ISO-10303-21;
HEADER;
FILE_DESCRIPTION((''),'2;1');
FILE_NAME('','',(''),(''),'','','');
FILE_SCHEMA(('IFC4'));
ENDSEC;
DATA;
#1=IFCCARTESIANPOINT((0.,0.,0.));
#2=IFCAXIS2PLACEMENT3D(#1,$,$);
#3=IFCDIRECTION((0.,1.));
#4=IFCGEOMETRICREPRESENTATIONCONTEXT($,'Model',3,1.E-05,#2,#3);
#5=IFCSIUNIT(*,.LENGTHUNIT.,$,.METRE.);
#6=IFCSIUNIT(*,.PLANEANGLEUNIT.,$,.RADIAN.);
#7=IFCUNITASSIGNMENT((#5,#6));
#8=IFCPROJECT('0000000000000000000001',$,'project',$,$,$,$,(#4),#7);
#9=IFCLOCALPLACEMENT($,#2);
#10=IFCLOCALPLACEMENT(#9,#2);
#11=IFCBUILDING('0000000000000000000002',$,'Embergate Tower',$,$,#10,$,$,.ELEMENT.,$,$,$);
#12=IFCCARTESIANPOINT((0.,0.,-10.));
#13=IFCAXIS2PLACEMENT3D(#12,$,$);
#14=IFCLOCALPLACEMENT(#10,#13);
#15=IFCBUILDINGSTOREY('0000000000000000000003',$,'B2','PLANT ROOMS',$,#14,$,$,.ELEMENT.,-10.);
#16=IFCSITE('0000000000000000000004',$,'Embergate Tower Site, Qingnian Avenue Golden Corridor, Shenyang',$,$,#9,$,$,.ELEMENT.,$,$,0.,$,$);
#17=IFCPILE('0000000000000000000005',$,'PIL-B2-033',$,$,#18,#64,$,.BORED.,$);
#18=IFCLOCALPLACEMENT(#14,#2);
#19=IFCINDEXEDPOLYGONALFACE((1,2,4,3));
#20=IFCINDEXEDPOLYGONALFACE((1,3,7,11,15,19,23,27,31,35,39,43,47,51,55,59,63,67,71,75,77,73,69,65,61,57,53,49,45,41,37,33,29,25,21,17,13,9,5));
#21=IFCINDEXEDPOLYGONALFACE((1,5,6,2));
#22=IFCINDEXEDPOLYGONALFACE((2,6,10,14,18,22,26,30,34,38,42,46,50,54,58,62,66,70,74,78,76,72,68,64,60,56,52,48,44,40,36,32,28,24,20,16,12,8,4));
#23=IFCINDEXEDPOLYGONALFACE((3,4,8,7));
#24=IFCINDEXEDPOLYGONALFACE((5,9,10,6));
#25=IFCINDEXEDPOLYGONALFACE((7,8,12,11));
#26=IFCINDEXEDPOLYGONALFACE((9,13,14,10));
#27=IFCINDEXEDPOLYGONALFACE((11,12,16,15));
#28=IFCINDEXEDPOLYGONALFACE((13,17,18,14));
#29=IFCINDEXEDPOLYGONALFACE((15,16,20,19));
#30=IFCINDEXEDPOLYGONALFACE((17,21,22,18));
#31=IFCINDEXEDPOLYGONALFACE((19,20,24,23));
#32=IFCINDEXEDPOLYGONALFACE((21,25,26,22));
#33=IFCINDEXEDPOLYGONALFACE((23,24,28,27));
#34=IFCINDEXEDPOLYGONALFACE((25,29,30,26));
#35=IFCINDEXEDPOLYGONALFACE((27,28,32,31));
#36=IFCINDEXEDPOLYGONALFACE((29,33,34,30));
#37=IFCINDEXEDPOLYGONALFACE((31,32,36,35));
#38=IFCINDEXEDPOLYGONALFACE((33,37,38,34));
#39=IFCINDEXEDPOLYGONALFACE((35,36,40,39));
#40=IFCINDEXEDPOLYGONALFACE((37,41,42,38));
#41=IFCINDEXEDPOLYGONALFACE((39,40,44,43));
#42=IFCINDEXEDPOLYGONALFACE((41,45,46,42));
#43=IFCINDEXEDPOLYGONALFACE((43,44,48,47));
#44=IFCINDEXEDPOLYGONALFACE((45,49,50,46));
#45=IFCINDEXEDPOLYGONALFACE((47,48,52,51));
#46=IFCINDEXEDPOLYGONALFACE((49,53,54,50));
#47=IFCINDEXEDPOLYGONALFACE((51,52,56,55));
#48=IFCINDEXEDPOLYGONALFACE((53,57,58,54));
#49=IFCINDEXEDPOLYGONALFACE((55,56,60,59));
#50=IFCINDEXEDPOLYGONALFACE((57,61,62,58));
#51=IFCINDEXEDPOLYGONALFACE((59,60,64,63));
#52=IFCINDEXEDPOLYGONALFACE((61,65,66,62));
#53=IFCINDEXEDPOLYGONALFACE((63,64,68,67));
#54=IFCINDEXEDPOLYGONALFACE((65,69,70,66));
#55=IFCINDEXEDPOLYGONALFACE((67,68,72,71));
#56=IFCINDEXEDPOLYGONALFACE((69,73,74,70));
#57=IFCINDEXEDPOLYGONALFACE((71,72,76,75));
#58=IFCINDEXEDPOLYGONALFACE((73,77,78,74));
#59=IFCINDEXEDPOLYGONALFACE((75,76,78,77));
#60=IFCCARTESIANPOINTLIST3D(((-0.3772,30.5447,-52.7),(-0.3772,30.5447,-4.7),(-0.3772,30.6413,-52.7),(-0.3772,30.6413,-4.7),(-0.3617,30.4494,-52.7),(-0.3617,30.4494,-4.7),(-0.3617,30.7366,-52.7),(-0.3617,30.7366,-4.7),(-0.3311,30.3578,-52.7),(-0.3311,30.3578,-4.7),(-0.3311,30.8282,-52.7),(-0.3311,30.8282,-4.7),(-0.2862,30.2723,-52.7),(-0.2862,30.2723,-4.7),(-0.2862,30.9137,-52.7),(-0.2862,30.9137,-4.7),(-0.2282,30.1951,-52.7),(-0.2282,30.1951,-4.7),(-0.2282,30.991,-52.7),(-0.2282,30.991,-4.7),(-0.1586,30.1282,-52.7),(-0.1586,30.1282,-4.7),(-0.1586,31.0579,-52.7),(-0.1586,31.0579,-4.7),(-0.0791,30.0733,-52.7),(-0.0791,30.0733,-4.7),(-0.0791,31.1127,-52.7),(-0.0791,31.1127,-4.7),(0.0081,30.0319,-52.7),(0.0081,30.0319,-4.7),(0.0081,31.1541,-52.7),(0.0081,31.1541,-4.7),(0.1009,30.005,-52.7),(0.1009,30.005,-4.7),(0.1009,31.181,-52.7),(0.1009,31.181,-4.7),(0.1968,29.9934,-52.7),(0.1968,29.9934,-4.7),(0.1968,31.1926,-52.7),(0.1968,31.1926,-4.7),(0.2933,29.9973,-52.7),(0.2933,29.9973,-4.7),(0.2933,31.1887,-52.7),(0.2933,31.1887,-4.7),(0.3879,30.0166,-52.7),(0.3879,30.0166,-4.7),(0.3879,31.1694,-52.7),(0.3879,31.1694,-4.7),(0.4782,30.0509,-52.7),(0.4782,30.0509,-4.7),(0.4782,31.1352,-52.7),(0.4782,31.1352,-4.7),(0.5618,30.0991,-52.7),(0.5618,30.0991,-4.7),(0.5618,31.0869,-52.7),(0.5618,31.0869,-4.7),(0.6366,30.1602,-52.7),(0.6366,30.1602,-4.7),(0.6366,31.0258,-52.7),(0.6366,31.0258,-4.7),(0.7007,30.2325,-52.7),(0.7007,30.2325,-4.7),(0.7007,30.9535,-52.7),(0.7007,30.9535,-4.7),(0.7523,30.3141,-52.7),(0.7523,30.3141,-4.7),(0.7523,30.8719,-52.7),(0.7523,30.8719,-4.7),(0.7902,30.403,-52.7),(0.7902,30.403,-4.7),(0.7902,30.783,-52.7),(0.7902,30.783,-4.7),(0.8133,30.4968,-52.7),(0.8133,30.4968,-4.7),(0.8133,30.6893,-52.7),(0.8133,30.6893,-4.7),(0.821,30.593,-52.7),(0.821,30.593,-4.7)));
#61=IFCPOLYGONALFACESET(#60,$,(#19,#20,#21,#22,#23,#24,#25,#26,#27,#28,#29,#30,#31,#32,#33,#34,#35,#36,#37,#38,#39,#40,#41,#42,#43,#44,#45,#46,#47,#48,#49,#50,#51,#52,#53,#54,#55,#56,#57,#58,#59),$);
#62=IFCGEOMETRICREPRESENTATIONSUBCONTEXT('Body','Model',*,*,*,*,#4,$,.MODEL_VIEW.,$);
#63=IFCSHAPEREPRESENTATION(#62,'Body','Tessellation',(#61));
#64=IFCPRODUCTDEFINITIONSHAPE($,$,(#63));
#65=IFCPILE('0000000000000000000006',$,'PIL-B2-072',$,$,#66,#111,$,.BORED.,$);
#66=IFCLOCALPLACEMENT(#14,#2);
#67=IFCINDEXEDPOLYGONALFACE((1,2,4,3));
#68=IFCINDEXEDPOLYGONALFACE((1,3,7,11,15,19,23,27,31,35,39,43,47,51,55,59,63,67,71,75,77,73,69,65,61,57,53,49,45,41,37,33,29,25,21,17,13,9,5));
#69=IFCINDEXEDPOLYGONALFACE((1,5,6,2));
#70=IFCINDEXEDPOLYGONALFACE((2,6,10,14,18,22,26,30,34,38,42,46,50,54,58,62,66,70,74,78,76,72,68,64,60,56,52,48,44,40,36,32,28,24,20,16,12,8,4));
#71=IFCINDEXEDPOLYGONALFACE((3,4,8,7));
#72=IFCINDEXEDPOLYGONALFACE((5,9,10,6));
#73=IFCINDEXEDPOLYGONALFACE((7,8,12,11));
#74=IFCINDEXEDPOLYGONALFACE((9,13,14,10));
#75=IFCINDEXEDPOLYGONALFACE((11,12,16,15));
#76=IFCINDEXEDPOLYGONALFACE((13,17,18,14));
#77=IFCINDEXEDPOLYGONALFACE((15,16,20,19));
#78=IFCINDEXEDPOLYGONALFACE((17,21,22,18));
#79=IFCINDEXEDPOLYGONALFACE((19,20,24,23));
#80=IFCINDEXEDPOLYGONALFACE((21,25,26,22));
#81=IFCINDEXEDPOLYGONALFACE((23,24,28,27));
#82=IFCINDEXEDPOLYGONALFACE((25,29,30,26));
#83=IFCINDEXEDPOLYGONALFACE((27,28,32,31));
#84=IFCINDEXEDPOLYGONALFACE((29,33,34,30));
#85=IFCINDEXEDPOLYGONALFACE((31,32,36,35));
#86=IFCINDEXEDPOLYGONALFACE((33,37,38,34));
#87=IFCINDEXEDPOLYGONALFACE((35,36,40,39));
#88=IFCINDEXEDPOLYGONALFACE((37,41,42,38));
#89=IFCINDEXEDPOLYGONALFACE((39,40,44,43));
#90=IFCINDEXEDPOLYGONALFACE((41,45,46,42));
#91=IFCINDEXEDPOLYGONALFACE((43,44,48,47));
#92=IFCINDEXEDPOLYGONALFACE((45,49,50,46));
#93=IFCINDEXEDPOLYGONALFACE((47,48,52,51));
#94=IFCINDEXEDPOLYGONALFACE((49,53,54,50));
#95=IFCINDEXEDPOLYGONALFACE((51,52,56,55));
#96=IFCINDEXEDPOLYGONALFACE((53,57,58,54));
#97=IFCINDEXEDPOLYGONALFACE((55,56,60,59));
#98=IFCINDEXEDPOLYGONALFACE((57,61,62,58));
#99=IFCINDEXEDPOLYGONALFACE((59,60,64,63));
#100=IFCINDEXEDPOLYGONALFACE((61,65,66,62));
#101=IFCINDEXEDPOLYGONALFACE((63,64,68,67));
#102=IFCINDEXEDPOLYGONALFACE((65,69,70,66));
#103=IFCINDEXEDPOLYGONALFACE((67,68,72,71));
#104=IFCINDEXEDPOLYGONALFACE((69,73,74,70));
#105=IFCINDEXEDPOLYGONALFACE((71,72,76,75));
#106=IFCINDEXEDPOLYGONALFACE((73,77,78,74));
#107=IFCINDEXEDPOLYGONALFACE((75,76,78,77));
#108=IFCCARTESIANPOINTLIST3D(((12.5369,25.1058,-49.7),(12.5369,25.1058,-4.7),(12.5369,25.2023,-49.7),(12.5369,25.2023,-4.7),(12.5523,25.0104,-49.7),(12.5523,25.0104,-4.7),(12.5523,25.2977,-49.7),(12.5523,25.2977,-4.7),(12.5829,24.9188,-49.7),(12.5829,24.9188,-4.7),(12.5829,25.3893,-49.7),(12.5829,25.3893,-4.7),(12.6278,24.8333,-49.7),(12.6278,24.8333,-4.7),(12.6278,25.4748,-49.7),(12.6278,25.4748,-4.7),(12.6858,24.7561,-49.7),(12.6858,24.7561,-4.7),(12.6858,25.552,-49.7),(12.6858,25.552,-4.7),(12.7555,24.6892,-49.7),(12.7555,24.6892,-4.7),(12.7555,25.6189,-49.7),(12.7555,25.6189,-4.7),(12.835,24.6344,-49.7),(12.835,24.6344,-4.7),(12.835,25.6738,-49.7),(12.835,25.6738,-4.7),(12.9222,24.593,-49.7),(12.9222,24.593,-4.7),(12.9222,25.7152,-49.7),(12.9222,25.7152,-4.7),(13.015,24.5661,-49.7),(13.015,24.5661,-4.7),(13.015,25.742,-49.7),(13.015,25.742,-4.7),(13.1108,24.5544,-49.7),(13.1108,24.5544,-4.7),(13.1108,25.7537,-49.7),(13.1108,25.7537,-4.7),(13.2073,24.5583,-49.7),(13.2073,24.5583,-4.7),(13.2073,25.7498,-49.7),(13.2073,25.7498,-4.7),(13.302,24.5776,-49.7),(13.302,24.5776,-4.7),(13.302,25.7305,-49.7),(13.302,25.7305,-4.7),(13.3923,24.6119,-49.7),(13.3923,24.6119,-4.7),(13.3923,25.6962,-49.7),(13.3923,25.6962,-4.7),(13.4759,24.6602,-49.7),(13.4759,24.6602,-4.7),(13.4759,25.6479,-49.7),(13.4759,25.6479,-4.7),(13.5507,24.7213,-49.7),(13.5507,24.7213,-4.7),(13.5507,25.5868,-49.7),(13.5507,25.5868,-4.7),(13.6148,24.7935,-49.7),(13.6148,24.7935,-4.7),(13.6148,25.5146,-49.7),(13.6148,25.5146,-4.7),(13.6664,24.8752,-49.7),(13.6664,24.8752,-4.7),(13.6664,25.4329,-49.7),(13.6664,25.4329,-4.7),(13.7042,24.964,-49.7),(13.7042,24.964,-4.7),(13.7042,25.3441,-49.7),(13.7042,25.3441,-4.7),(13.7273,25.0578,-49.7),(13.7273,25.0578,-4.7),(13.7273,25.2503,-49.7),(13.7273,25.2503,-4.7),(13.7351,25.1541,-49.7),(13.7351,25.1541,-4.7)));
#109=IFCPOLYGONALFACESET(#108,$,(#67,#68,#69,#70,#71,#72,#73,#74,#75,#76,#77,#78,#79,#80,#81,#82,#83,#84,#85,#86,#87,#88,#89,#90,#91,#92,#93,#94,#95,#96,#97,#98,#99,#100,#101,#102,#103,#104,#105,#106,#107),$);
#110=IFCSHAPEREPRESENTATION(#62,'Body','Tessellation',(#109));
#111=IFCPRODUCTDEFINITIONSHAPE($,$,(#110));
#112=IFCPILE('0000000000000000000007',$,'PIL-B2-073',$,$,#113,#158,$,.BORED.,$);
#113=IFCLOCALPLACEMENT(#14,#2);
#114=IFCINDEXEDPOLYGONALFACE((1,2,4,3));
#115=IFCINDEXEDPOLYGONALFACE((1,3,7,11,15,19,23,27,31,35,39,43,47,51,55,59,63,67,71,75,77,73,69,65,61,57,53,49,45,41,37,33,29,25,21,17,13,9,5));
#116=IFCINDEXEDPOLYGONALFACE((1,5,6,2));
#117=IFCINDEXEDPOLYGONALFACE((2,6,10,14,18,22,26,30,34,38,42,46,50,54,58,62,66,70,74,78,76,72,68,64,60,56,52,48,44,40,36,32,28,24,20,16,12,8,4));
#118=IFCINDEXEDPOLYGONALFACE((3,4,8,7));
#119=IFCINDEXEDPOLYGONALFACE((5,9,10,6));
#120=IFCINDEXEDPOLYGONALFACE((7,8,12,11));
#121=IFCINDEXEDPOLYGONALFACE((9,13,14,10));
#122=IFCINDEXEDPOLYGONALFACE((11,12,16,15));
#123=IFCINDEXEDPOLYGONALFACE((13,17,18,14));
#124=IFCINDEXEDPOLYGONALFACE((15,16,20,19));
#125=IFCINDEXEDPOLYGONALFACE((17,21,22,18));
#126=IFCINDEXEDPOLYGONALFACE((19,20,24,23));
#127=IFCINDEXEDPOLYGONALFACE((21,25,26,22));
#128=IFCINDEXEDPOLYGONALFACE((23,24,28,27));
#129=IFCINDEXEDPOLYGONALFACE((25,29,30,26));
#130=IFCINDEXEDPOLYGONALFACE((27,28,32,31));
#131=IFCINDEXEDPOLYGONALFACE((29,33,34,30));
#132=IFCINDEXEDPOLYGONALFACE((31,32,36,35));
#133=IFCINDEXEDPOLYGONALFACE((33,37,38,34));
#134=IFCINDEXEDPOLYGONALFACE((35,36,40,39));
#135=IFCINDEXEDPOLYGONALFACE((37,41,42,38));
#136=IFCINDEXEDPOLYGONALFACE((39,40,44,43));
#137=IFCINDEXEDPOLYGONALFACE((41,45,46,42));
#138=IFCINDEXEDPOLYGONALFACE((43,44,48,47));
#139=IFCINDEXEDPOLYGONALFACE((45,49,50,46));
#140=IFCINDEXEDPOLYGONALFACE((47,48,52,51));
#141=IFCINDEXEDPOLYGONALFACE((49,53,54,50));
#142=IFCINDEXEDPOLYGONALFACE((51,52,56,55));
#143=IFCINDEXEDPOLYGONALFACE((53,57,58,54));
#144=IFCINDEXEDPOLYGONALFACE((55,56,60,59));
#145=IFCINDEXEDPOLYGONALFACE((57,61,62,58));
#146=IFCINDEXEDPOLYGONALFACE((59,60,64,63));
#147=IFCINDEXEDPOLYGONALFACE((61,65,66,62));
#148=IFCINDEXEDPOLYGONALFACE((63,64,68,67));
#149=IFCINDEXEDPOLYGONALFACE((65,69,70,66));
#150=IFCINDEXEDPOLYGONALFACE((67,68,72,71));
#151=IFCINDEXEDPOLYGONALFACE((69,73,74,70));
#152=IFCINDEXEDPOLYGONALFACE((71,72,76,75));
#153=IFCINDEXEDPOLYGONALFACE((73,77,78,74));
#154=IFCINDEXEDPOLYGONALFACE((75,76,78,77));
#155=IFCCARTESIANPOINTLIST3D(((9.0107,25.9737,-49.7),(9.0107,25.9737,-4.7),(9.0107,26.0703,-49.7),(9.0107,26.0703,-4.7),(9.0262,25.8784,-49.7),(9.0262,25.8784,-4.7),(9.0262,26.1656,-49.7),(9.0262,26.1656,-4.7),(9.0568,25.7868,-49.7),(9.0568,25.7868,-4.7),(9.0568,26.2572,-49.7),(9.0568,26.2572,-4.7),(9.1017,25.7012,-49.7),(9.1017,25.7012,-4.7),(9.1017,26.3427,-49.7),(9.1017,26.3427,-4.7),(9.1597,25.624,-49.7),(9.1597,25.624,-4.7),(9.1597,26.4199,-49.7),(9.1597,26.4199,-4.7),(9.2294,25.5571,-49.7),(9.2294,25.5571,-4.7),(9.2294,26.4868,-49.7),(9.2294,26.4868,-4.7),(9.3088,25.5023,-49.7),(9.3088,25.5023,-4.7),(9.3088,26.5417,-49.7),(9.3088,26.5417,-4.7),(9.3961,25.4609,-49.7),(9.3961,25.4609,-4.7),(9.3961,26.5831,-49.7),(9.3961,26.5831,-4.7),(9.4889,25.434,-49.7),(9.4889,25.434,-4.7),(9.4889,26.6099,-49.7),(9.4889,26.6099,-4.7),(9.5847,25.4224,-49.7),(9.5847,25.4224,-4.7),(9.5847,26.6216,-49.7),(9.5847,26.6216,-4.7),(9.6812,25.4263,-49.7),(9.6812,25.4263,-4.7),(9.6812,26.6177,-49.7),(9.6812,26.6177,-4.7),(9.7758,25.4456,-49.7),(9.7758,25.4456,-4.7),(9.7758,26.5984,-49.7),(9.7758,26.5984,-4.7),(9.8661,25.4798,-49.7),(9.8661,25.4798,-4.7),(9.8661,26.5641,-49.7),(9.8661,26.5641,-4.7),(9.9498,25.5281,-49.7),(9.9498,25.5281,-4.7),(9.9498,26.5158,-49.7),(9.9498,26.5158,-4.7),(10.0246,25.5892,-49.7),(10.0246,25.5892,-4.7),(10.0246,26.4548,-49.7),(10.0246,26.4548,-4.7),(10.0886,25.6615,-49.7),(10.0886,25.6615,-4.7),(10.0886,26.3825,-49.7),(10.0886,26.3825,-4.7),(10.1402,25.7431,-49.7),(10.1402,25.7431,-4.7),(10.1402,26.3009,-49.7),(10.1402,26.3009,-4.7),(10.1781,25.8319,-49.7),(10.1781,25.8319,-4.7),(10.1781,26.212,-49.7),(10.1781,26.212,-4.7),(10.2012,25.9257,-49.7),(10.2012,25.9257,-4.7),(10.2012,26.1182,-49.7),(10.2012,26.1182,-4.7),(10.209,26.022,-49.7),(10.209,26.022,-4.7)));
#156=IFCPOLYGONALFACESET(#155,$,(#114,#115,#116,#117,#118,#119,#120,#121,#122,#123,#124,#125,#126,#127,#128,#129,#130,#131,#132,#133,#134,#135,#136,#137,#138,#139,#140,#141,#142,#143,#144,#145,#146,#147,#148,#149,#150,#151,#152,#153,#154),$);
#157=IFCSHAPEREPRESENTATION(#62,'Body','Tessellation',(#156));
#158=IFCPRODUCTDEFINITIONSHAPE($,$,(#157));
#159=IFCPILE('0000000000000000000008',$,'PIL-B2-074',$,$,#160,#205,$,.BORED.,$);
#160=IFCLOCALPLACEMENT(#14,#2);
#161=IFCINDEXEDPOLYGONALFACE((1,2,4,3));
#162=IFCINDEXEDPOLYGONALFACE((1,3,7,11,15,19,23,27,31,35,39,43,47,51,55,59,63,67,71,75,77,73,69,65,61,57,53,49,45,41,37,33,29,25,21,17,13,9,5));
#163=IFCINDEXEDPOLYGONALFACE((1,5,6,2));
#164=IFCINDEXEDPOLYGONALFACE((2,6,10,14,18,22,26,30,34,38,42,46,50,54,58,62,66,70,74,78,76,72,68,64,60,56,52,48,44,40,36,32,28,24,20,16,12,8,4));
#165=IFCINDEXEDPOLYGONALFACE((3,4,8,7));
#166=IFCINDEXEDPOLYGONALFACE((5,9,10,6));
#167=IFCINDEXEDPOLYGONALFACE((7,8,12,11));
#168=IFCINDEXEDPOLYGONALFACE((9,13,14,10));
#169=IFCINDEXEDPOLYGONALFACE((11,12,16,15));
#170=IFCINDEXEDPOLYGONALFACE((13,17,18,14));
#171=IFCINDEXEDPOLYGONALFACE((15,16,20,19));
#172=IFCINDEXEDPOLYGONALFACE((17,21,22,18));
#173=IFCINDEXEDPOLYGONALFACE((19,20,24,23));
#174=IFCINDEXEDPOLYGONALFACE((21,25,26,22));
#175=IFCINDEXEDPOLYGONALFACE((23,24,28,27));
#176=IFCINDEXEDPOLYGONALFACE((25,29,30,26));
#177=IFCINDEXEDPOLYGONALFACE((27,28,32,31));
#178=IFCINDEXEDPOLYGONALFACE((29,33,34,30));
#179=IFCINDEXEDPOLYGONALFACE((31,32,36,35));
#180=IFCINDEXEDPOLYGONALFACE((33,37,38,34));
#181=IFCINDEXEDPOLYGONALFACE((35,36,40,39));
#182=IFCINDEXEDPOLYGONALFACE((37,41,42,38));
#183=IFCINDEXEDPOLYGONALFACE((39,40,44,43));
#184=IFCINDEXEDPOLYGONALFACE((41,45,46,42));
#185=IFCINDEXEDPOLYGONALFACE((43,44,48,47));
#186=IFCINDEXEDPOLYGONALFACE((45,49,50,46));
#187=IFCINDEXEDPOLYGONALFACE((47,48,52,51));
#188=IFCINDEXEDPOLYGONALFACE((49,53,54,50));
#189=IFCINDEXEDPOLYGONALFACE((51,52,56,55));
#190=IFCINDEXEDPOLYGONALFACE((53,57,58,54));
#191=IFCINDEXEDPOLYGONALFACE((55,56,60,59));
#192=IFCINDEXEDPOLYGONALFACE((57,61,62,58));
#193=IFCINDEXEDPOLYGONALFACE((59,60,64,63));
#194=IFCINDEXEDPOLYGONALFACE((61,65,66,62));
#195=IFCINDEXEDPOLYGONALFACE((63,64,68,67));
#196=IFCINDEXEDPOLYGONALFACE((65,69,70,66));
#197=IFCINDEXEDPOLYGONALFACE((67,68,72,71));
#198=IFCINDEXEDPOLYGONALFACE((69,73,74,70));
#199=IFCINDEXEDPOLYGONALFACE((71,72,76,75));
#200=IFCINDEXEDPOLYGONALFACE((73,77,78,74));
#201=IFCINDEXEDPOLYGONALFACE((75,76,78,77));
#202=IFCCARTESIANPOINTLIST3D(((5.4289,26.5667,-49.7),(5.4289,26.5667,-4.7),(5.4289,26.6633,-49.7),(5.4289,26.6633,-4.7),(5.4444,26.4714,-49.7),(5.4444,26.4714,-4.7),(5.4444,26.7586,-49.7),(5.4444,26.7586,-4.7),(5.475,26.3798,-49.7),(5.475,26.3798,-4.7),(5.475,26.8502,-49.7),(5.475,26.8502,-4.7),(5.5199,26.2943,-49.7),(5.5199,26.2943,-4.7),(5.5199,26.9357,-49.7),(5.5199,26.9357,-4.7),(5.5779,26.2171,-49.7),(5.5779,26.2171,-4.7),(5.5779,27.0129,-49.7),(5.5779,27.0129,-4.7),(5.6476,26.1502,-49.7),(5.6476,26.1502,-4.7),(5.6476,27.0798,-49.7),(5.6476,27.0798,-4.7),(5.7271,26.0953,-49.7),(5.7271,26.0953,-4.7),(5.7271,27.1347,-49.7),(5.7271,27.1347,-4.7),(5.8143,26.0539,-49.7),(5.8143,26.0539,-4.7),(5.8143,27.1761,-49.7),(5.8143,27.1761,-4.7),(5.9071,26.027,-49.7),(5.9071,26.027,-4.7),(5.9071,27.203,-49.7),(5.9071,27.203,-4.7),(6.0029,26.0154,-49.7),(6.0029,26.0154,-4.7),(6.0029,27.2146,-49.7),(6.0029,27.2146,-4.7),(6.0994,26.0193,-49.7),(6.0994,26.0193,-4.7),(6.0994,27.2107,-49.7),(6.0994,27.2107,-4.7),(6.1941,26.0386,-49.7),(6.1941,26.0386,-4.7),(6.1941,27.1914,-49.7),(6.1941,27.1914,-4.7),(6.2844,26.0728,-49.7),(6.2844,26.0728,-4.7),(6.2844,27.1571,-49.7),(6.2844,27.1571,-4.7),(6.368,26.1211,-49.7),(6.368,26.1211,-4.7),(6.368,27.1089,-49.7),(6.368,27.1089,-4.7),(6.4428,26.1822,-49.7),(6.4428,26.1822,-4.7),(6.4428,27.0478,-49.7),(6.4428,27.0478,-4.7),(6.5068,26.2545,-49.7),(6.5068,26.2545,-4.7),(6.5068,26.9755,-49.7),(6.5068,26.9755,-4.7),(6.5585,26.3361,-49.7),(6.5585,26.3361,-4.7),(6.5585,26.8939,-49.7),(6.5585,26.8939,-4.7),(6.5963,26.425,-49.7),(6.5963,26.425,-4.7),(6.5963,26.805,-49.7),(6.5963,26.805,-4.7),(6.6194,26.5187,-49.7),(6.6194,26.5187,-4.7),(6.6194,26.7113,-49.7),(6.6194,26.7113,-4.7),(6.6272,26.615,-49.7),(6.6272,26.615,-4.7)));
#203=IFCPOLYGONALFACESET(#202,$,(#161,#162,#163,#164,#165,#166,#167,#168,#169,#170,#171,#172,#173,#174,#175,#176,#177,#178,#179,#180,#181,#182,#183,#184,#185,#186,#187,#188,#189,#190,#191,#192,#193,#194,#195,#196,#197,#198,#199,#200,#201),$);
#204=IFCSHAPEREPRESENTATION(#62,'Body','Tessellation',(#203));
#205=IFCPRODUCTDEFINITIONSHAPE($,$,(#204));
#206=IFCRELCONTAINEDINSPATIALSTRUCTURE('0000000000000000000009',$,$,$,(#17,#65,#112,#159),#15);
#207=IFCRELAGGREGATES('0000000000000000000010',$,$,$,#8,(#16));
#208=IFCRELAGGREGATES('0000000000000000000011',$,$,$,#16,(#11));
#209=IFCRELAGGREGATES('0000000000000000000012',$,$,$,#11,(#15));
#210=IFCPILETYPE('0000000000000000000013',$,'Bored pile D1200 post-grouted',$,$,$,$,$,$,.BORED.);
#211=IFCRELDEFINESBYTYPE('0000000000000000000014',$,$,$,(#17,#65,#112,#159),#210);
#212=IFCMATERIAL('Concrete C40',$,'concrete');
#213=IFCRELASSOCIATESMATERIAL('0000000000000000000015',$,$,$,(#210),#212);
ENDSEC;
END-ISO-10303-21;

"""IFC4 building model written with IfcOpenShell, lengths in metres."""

from ifc_helpers import new_model, si_unit, direction, frame, origin, origin_2d, place, context, subcontext, project, spatial, circle, extrude, source, transform, mapped, material, material_profile, profile_set, type_object, element, save


model = new_model("IFC4")

# Units and contexts
model_context = context("Model", 3, precision=1e-05, world=origin(), true_north=direction((0.0, 1.0)))
body_context = subcontext(model_context, "Body", "Model", "MODEL_VIEW")
ifc_project = project(units=[si_unit("LENGTHUNIT", "METRE"), si_unit("PLANEANGLEUNIT", "RADIAN")], contexts=[model_context])

# Site, building, storey
site_placement = place(None, origin())
site = spatial("IfcSite", under=ifc_project, at=site_placement, Name="Embergate Tower Site, Qingnian Avenue Golden Corridor, Shenyang", CompositionType="ELEMENT", RefElevation=0.0)
building_placement = place(site_placement, origin())
building = spatial("IfcBuilding", under=site, at=building_placement, Name="Embergate Tower", CompositionType="ELEMENT")
storey_placement = place(building_placement, frame((0.0, 0.0, -10.0)))
storey = spatial("IfcBuildingStorey", under=building, at=storey_placement, Name="B2", Description="PLANT ROOMS", CompositionType="ELEMENT", Elevation=-10.0)

# Piles
ifc_material_1 = material(Name="Concrete C40", Category="concrete")
ifc_material_profile_1 = material_profile(ifc_material_1, circle(Radius=0.6001, at=origin_2d()), Name="D1200")
ifc_profile_set_1 = profile_set([ifc_material_profile_1], Name="Concrete C40")
pile_type = type_object("IfcPileType", Name="Bored pile D1200 post-grouted", PredefinedType="BORED", material=ifc_profile_set_1)
shared_shape_1 = source(origin(), body_context, "Body", "SweptSolid", [
    extrude(circle(Radius=0.6001, at=origin_2d()), origin(), (0.0, 0.0, 1.0), 48.0),
])
for number, where, z_axis, x_axis, name in (
    (1, (0.2209, 30.593, -4.7), (0.0, 0.0, -1.0), (1.0, 0.0, 0.0), "PIL-B2-033"),
):
    element("IfcPile", number, at=place(storey_placement, frame(where, z_axis=z_axis, x_axis=x_axis)), inside=storey, type_object=pile_type, Name=name, PredefinedType="BORED", context=body_context, shape_type="MappedRepresentation", body=[
        mapped(shared_shape_1, transform((0.0, 0.0, 0.0))),
    ])
shared_shape_2 = source(origin(), body_context, "Body", "SweptSolid", [
    extrude(circle(Radius=0.6001, at=origin_2d()), origin(), (0.0, 0.0, 1.0), 45.0),
])
for number, where, z_axis, x_axis, name in (
    (2, (13.135, 25.1541, -4.7), (0.0, 0.0, -1.0), (1.0, 0.0, 0.0), "PIL-B2-072"),
    (3, (9.6089, 26.022, -4.7), (0.0, 0.0, -1.0), (1.0, 0.0, 0.0), "PIL-B2-073"),
    (4, (6.0271, 26.615, -4.7), (0.0, 0.0, -1.0), (1.0, 0.0, 0.0), "PIL-B2-074"),
):
    element("IfcPile", number, at=place(storey_placement, frame(where, z_axis=z_axis, x_axis=x_axis)), inside=storey, type_object=pile_type, Name=name, PredefinedType="BORED", context=body_context, shape_type="MappedRepresentation", body=[
        mapped(shared_shape_2, transform((0.0, 0.0, 0.0))),
    ])

save(model, "model.ifc")
